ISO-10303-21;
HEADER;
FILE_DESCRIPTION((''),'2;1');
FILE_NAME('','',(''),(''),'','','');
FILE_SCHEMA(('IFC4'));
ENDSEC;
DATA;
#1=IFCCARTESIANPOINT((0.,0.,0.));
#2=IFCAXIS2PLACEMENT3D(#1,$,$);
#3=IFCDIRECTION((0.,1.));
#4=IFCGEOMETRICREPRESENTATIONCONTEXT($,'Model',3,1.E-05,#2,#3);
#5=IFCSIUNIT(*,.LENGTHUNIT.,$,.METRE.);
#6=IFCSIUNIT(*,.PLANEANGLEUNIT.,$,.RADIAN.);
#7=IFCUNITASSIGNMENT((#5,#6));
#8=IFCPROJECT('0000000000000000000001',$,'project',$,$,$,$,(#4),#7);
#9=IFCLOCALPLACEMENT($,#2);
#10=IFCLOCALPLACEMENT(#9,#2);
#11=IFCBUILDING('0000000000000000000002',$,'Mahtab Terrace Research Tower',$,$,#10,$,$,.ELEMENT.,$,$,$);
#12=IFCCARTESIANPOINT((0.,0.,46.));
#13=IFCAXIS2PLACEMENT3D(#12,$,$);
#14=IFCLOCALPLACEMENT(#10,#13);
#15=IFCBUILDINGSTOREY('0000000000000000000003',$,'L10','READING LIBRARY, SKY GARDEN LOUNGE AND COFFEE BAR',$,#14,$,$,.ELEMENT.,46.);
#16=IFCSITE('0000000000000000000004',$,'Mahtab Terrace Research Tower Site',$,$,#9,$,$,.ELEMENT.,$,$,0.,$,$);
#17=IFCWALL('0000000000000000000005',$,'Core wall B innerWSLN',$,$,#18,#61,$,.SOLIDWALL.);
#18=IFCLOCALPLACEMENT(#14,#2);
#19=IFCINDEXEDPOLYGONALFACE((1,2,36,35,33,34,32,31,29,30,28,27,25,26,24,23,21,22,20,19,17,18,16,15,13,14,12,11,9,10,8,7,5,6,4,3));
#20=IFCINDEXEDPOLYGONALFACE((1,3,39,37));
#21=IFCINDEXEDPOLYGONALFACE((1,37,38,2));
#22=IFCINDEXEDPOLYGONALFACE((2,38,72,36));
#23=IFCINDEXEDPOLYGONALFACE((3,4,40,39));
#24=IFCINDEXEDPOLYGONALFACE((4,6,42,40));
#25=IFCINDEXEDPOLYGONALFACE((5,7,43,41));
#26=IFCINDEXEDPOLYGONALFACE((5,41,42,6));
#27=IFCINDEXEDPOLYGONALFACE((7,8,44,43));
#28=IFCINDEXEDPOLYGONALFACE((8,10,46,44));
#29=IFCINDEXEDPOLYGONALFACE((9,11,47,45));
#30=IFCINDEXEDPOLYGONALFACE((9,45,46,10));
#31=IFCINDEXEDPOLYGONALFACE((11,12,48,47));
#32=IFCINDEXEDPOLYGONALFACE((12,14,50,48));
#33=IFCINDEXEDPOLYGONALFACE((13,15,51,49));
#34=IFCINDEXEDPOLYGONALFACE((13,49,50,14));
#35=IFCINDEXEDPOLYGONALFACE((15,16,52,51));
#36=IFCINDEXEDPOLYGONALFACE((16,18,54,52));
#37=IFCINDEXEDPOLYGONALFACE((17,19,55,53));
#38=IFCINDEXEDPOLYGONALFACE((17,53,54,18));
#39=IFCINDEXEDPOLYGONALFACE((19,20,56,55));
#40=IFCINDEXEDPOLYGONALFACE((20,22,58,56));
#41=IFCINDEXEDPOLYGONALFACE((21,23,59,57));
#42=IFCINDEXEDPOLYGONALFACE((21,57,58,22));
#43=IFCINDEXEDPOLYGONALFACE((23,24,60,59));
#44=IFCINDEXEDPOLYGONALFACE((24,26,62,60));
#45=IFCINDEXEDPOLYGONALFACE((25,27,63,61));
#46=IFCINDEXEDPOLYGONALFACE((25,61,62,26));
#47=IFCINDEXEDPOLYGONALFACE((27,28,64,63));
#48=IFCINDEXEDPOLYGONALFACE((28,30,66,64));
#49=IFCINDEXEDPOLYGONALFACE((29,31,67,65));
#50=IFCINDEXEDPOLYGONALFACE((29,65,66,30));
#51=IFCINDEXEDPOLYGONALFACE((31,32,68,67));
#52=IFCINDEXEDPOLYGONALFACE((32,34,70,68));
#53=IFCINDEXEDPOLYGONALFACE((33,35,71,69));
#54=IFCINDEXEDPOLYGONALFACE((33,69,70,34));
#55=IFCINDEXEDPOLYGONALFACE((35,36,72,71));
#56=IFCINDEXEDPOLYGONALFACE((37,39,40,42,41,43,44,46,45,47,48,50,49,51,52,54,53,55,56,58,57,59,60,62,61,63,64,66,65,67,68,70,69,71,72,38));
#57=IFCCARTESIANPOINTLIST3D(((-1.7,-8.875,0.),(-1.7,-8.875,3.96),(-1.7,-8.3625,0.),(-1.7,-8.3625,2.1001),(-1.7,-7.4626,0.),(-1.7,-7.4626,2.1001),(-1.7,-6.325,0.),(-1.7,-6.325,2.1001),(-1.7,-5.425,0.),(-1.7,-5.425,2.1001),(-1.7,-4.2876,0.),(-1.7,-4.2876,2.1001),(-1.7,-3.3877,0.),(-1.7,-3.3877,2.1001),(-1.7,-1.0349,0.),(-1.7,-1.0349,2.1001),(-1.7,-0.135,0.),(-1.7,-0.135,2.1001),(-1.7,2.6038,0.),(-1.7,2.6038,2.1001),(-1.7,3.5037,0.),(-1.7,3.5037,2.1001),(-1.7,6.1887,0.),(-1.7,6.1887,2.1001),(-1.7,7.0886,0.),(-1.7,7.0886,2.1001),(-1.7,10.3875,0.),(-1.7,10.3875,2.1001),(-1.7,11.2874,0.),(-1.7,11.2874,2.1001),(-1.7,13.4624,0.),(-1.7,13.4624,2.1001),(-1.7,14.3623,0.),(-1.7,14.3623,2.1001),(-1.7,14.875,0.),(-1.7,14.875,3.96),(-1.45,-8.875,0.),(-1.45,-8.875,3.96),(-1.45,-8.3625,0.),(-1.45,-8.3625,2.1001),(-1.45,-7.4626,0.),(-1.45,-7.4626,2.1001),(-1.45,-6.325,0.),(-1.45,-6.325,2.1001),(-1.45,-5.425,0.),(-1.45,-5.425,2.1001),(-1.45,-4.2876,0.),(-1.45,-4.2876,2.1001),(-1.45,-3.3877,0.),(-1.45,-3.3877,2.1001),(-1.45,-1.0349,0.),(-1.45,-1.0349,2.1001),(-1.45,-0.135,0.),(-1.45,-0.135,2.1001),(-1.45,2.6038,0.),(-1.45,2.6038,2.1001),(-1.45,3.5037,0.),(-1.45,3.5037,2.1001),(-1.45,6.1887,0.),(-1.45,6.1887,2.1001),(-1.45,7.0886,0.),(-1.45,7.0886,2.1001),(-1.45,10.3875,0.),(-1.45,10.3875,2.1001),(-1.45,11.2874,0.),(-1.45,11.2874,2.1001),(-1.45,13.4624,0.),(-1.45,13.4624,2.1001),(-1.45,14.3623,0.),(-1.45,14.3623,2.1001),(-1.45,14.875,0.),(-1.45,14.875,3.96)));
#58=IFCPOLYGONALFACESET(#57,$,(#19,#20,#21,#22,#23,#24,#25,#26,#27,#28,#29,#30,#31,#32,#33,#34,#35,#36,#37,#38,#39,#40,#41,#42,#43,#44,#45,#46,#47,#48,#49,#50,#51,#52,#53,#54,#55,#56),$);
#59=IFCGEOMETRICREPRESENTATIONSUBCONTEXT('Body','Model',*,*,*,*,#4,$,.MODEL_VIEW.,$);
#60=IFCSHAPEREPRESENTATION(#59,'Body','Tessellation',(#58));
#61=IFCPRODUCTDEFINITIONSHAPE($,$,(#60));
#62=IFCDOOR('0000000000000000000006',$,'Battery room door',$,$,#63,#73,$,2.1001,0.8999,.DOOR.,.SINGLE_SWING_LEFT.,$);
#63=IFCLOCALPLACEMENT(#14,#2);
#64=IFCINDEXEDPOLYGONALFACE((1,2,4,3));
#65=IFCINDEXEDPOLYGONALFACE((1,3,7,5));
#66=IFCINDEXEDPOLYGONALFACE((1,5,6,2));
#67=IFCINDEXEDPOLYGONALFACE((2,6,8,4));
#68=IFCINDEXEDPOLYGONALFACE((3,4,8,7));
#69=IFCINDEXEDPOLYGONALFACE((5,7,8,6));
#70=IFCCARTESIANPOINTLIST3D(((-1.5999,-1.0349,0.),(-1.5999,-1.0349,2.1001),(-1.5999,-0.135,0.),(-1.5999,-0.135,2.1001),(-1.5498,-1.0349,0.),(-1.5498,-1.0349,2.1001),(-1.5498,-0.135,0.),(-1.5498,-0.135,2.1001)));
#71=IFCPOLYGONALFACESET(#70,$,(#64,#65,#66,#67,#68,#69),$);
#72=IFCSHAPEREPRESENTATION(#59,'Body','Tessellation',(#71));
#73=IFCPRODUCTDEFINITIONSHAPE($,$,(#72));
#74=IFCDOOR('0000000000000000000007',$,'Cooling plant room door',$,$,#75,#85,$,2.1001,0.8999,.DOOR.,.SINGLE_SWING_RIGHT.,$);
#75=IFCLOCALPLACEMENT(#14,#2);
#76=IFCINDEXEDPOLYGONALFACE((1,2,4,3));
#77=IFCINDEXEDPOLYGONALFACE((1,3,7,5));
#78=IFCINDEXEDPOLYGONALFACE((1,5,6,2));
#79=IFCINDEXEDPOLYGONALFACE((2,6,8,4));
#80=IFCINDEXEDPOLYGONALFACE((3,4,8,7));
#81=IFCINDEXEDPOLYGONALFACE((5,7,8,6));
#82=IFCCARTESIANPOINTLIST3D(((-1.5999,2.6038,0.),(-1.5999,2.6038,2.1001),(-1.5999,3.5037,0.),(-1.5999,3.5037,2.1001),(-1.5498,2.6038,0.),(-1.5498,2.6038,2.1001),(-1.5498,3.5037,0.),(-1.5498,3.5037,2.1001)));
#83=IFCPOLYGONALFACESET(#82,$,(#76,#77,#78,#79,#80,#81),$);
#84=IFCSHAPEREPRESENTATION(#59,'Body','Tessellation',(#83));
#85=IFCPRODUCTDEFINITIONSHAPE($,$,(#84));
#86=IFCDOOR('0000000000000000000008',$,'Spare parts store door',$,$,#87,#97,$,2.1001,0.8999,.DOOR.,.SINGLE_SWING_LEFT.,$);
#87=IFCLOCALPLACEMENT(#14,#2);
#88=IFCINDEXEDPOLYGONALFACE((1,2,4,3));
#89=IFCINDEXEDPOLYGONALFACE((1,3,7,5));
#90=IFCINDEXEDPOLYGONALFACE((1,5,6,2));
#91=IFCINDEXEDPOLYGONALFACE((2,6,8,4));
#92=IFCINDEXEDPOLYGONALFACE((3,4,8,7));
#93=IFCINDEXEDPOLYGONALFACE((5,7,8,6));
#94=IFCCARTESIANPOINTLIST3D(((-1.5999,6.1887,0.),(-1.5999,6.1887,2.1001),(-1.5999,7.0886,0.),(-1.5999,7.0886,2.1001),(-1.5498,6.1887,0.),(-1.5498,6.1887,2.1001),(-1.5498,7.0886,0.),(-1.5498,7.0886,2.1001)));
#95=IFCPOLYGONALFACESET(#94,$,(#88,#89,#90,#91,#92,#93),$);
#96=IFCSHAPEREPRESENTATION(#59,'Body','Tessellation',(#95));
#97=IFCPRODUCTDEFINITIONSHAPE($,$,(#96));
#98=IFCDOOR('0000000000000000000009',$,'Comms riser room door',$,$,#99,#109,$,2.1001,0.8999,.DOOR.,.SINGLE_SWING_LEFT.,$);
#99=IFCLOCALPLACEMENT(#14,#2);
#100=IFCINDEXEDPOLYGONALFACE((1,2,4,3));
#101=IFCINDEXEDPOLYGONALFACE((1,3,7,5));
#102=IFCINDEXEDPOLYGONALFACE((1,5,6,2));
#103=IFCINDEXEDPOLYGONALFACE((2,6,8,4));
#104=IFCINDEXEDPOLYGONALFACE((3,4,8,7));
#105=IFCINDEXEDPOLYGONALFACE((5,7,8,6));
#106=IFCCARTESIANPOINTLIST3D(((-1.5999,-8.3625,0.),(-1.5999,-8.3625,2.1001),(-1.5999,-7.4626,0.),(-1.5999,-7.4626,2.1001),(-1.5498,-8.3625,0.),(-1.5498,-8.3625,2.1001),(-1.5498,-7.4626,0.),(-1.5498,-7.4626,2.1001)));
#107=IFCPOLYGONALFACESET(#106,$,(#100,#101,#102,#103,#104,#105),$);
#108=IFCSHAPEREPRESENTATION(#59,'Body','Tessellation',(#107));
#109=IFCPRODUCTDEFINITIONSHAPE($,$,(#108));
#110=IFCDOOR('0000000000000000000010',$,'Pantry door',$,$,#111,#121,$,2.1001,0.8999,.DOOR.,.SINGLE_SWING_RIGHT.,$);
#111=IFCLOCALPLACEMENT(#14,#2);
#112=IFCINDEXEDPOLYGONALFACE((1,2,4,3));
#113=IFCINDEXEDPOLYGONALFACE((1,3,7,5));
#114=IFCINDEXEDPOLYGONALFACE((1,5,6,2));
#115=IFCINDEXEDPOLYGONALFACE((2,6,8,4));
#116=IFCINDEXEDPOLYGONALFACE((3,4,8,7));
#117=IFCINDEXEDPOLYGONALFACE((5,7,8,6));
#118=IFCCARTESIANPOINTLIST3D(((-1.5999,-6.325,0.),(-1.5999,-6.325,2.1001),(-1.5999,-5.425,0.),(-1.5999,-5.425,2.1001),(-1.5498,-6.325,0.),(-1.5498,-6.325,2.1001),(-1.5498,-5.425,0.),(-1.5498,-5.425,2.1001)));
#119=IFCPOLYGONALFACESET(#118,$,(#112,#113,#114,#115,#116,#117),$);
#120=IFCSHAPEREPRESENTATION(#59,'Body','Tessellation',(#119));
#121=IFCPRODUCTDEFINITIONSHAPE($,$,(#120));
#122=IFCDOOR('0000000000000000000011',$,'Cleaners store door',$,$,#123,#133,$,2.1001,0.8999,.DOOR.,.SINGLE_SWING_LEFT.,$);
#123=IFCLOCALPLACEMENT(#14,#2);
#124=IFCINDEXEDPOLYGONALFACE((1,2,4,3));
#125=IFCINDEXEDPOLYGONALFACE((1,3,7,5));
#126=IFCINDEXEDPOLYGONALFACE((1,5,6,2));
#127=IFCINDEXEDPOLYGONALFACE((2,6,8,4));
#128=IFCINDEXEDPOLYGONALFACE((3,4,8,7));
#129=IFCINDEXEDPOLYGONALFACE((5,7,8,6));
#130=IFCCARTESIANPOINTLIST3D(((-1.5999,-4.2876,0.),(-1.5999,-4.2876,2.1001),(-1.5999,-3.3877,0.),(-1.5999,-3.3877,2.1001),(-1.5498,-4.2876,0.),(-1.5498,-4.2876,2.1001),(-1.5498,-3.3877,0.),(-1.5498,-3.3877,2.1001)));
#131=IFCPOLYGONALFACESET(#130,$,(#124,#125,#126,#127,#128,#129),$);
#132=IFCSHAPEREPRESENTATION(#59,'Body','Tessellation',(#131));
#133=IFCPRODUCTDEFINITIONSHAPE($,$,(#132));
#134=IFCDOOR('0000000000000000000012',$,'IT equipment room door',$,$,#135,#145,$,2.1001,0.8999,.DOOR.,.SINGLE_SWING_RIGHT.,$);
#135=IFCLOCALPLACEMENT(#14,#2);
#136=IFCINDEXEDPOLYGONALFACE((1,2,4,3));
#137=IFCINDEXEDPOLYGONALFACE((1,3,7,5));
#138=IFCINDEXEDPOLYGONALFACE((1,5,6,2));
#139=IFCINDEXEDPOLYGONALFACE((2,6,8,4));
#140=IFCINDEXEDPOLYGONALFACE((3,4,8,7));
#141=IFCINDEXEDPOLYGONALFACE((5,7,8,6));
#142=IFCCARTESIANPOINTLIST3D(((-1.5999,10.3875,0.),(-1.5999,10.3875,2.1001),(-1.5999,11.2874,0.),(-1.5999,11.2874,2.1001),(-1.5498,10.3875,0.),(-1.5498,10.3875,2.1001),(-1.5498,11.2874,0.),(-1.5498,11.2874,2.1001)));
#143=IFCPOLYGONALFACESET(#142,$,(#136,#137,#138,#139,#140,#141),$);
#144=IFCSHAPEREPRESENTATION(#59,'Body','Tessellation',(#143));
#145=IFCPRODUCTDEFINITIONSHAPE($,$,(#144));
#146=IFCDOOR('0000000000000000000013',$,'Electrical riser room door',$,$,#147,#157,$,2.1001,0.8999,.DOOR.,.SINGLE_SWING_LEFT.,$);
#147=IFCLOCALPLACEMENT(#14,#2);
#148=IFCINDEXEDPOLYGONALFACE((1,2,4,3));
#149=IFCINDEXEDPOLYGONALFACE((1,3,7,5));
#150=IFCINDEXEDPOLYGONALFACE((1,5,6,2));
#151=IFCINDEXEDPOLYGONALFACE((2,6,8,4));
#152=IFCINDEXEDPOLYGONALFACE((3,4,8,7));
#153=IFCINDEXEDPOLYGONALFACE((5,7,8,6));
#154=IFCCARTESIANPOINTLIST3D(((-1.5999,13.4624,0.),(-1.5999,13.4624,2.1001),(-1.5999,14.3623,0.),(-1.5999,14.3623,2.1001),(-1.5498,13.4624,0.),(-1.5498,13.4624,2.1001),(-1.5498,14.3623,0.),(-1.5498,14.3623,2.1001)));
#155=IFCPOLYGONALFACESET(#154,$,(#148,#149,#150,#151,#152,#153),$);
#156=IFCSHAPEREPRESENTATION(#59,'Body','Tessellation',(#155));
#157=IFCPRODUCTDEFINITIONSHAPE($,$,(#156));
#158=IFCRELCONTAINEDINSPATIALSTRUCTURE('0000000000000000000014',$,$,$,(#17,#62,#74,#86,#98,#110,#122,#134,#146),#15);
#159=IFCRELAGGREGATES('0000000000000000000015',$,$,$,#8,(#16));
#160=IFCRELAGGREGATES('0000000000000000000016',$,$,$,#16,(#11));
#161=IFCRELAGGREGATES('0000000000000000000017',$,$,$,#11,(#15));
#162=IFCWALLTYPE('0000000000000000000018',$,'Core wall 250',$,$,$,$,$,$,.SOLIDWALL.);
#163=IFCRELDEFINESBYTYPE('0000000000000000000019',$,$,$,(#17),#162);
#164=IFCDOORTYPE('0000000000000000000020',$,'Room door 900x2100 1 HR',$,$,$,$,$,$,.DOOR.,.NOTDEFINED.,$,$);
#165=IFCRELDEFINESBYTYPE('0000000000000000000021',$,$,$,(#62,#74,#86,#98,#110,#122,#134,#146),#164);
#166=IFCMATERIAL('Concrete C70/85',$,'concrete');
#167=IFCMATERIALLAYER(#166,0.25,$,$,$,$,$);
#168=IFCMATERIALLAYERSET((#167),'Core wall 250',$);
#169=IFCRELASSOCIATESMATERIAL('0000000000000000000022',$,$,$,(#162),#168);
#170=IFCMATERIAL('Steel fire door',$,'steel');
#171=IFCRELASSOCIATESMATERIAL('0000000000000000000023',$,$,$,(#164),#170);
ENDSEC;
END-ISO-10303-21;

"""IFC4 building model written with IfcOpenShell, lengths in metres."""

from ifc_helpers import new_model, si_unit, direction, frame, frame_2d, origin, place, context, subcontext, project, spatial, rectangle, extrude, material, layer, layer_set, type_object, element, fill, save


model = new_model("IFC4")

# Units and contexts
model_context = context("Model", 3, precision=1e-05, world=origin(), true_north=direction((0.0, 1.0)))
body_context = subcontext(model_context, "Body", "Model", "MODEL_VIEW")
ifc_project = project(units=[si_unit("LENGTHUNIT", "METRE"), si_unit("PLANEANGLEUNIT", "RADIAN")], contexts=[model_context])

# Site, building, storey
site_placement = place(None, origin())
site = spatial("IfcSite", under=ifc_project, at=site_placement, Name="Mahtab Terrace Research Tower Site", CompositionType="ELEMENT", RefElevation=0.0)
building_placement = place(site_placement, origin())
building = spatial("IfcBuilding", under=site, at=building_placement, Name="Mahtab Terrace Research Tower", CompositionType="ELEMENT")
storey_placement = place(building_placement, frame((0.0, 0.0, 46.0)))
storey = spatial("IfcBuildingStorey", under=building, at=storey_placement, Name="L10", Description="READING LIBRARY, SKY GARDEN LOUNGE AND COFFEE BAR", CompositionType="ELEMENT", Elevation=46.0)

# Shared definitions
ifc_material_1 = material(Name="Concrete C70/85", Category="concrete")

# Wall, openings, doors
ifc_layer_1 = layer(ifc_material_1, 0.25)
ifc_layer_set_1 = layer_set([ifc_layer_1], Name="Core wall 250")
wall_type_1 = type_object("IfcWallType", Name="Core wall 250", PredefinedType="SOLIDWALL", material=ifc_layer_set_1)
wall_1_placement = place(storey_placement, frame((-1.575, -8.875, 0.0), z_axis=(0.0, 0.0, 1.0), x_axis=(0.0, 1.0, 0.0)))
wall_1 = element("IfcWall", 1, at=wall_1_placement, inside=storey, type_object=wall_type_1, Name="Core wall B innerWSLN", PredefinedType="SOLIDWALL", context=body_context, shape_type="SweptSolid", body=[
    extrude(rectangle(XDim=23.75, YDim=0.25, at=frame_2d((11.875, 0.0))), origin(), (0.0, 0.0, 1.0), 3.96),
])
opening_1_placement = place(wall_1_placement, frame((7.8401, 0.0, 0.0)))
opening_1 = element("IfcOpeningElement", 2, at=opening_1_placement, cuts=wall_1, PredefinedType="OPENING", context=body_context, shape_type="SweptSolid", body=[
    extrude(rectangle(XDim=0.8999, YDim=2.1001, at=frame_2d((0.45, 1.05))), frame((0.0, 0.135, 0.0), z_axis=(0.0, -1.0, 0.0), x_axis=(1.0, 0.0, 0.0)), (0.0, 0.0, 1.0), 0.27),
])
opening_2_placement = place(wall_1_placement, frame((11.4788, 0.0, 0.0)))
opening_2 = element("IfcOpeningElement", 3, at=opening_2_placement, cuts=wall_1, PredefinedType="OPENING", context=body_context, shape_type="SweptSolid", body=[
    extrude(rectangle(XDim=0.8999, YDim=2.1001, at=frame_2d((0.45, 1.05))), frame((0.0, 0.135, 0.0), z_axis=(0.0, -1.0, 0.0), x_axis=(1.0, 0.0, 0.0)), (0.0, 0.0, 1.0), 0.27),
])
opening_3_placement = place(wall_1_placement, frame((15.0637, 0.0, 0.0)))
opening_3 = element("IfcOpeningElement", 4, at=opening_3_placement, cuts=wall_1, PredefinedType="OPENING", context=body_context, shape_type="SweptSolid", body=[
    extrude(rectangle(XDim=0.8999, YDim=2.1001, at=frame_2d((0.45, 1.05))), frame((0.0, 0.135, 0.0), z_axis=(0.0, -1.0, 0.0), x_axis=(1.0, 0.0, 0.0)), (0.0, 0.0, 1.0), 0.27),
])
opening_4_placement = place(wall_1_placement, frame((0.5125, 0.0, 0.0)))
opening_4 = element("IfcOpeningElement", 5, at=opening_4_placement, cuts=wall_1, PredefinedType="OPENING", context=body_context, shape_type="SweptSolid", body=[
    extrude(rectangle(XDim=0.8999, YDim=2.1001, at=frame_2d((0.45, 1.05))), frame((0.0, 0.135, 0.0), z_axis=(0.0, -1.0, 0.0), x_axis=(1.0, 0.0, 0.0)), (0.0, 0.0, 1.0), 0.27),
])
opening_5_placement = place(wall_1_placement, frame((2.55, 0.0, 0.0)))
opening_5 = element("IfcOpeningElement", 6, at=opening_5_placement, cuts=wall_1, PredefinedType="OPENING", context=body_context, shape_type="SweptSolid", body=[
    extrude(rectangle(XDim=0.8999, YDim=2.1001, at=frame_2d((0.45, 1.05))), frame((0.0, 0.135, 0.0), z_axis=(0.0, -1.0, 0.0), x_axis=(1.0, 0.0, 0.0)), (0.0, 0.0, 1.0), 0.27),
])
opening_6_placement = place(wall_1_placement, frame((4.5874, 0.0, 0.0)))
opening_6 = element("IfcOpeningElement", 7, at=opening_6_placement, cuts=wall_1, PredefinedType="OPENING", context=body_context, shape_type="SweptSolid", body=[
    extrude(rectangle(XDim=0.8999, YDim=2.1001, at=frame_2d((0.45, 1.05))), frame((0.0, 0.135, 0.0), z_axis=(0.0, -1.0, 0.0), x_axis=(1.0, 0.0, 0.0)), (0.0, 0.0, 1.0), 0.27),
])
opening_7_placement = place(wall_1_placement, frame((19.2625, 0.0, 0.0)))
opening_7 = element("IfcOpeningElement", 8, at=opening_7_placement, cuts=wall_1, PredefinedType="OPENING", context=body_context, shape_type="SweptSolid", body=[
    extrude(rectangle(XDim=0.8999, YDim=2.1001, at=frame_2d((0.45, 1.05))), frame((0.0, 0.135, 0.0), z_axis=(0.0, -1.0, 0.0), x_axis=(1.0, 0.0, 0.0)), (0.0, 0.0, 1.0), 0.27),
])
opening_8_placement = place(wall_1_placement, frame((22.3374, 0.0, 0.0)))
opening_8 = element("IfcOpeningElement", 9, at=opening_8_placement, cuts=wall_1, PredefinedType="OPENING", context=body_context, shape_type="SweptSolid", body=[
    extrude(rectangle(XDim=0.8999, YDim=2.1001, at=frame_2d((0.45, 1.05))), frame((0.0, 0.135, 0.0), z_axis=(0.0, -1.0, 0.0), x_axis=(1.0, 0.0, 0.0)), (0.0, 0.0, 1.0), 0.27),
])
ifc_material_2 = material(Name="Steel fire door", Category="steel")
door_type_1 = type_object("IfcDoorType", Name="Room door 900x2100 1 HR", OperationType="NOTDEFINED", PredefinedType="DOOR", material=ifc_material_2)
door_1_placement = place(opening_1_placement, origin())
door_1 = element("IfcDoor", 10, at=door_1_placement, inside=storey, type_object=door_type_1, Name="Battery room door", OperationType="SINGLE_SWING_LEFT", OverallHeight=2.1001, OverallWidth=0.8999, PredefinedType="DOOR", context=body_context, shape_type="SweptSolid", body=[
    extrude(rectangle(XDim=0.8999, YDim=2.1001, at=frame_2d((0.45, 1.05))), frame((0.0, 0.0249, 0.0), z_axis=(0.0, -1.0, 0.0), x_axis=(1.0, 0.0, 0.0)), (0.0, 0.0, 1.0), 0.05),
])
fill(opening_1, door_1)
door_2_placement = place(opening_2_placement, origin())
door_2 = element("IfcDoor", 11, at=door_2_placement, inside=storey, type_object=door_type_1, Name="Cooling plant room door", OperationType="SINGLE_SWING_RIGHT", OverallHeight=2.1001, OverallWidth=0.8999, PredefinedType="DOOR", context=body_context, shape_type="SweptSolid", body=[
    extrude(rectangle(XDim=0.8999, YDim=2.1001, at=frame_2d((0.45, 1.05))), frame((0.0, 0.0249, 0.0), z_axis=(0.0, -1.0, 0.0), x_axis=(1.0, 0.0, 0.0)), (0.0, 0.0, 1.0), 0.05),
])
fill(opening_2, door_2)
door_3_placement = place(opening_3_placement, origin())
door_3 = element("IfcDoor", 12, at=door_3_placement, inside=storey, type_object=door_type_1, Name="Spare parts store door", OperationType="SINGLE_SWING_LEFT", OverallHeight=2.1001, OverallWidth=0.8999, PredefinedType="DOOR", context=body_context, shape_type="SweptSolid", body=[
    extrude(rectangle(XDim=0.8999, YDim=2.1001, at=frame_2d((0.45, 1.05))), frame((0.0, 0.0249, 0.0), z_axis=(0.0, -1.0, 0.0), x_axis=(1.0, 0.0, 0.0)), (0.0, 0.0, 1.0), 0.05),
])
fill(opening_3, door_3)
door_4_placement = place(opening_4_placement, origin())
door_4 = element("IfcDoor", 13, at=door_4_placement, inside=storey, type_object=door_type_1, Name="Comms riser room door", OperationType="SINGLE_SWING_LEFT", OverallHeight=2.1001, OverallWidth=0.8999, PredefinedType="DOOR", context=body_context, shape_type="SweptSolid", body=[
    extrude(rectangle(XDim=0.8999, YDim=2.1001, at=frame_2d((0.45, 1.05))), frame((0.0, 0.0249, 0.0), z_axis=(0.0, -1.0, 0.0), x_axis=(1.0, 0.0, 0.0)), (0.0, 0.0, 1.0), 0.05),
])
fill(opening_4, door_4)
door_5_placement = place(opening_5_placement, origin())
door_5 = element("IfcDoor", 14, at=door_5_placement, inside=storey, type_object=door_type_1, Name="Pantry door", OperationType="SINGLE_SWING_RIGHT", OverallHeight=2.1001, OverallWidth=0.8999, PredefinedType="DOOR", context=body_context, shape_type="SweptSolid", body=[
    extrude(rectangle(XDim=0.8999, YDim=2.1001, at=frame_2d((0.45, 1.05))), frame((0.0, 0.0249, 0.0), z_axis=(0.0, -1.0, 0.0), x_axis=(1.0, 0.0, 0.0)), (0.0, 0.0, 1.0), 0.05),
])
fill(opening_5, door_5)
door_6_placement = place(opening_6_placement, origin())
door_6 = element("IfcDoor", 15, at=door_6_placement, inside=storey, type_object=door_type_1, Name="Cleaners store door", OperationType="SINGLE_SWING_LEFT", OverallHeight=2.1001, OverallWidth=0.8999, PredefinedType="DOOR", context=body_context, shape_type="SweptSolid", body=[
    extrude(rectangle(XDim=0.8999, YDim=2.1001, at=frame_2d((0.45, 1.05))), frame((0.0, 0.0249, 0.0), z_axis=(0.0, -1.0, 0.0), x_axis=(1.0, 0.0, 0.0)), (0.0, 0.0, 1.0), 0.05),
])
fill(opening_6, door_6)
door_7_placement = place(opening_7_placement, origin())
door_7 = element("IfcDoor", 16, at=door_7_placement, inside=storey, type_object=door_type_1, Name="IT equipment room door", OperationType="SINGLE_SWING_RIGHT", OverallHeight=2.1001, OverallWidth=0.8999, PredefinedType="DOOR", context=body_context, shape_type="SweptSolid", body=[
    extrude(rectangle(XDim=0.8999, YDim=2.1001, at=frame_2d((0.45, 1.05))), frame((0.0, 0.0249, 0.0), z_axis=(0.0, -1.0, 0.0), x_axis=(1.0, 0.0, 0.0)), (0.0, 0.0, 1.0), 0.05),
])
fill(opening_7, door_7)
door_8_placement = place(opening_8_placement, origin())
door_8 = element("IfcDoor", 17, at=door_8_placement, inside=storey, type_object=door_type_1, Name="Electrical riser room door", OperationType="SINGLE_SWING_LEFT", OverallHeight=2.1001, OverallWidth=0.8999, PredefinedType="DOOR", context=body_context, shape_type="SweptSolid", body=[
    extrude(rectangle(XDim=0.8999, YDim=2.1001, at=frame_2d((0.45, 1.05))), frame((0.0, 0.0249, 0.0), z_axis=(0.0, -1.0, 0.0), x_axis=(1.0, 0.0, 0.0)), (0.0, 0.0, 1.0), 0.05),
])
fill(opening_8, door_8)

save(model, "model.ifc")
